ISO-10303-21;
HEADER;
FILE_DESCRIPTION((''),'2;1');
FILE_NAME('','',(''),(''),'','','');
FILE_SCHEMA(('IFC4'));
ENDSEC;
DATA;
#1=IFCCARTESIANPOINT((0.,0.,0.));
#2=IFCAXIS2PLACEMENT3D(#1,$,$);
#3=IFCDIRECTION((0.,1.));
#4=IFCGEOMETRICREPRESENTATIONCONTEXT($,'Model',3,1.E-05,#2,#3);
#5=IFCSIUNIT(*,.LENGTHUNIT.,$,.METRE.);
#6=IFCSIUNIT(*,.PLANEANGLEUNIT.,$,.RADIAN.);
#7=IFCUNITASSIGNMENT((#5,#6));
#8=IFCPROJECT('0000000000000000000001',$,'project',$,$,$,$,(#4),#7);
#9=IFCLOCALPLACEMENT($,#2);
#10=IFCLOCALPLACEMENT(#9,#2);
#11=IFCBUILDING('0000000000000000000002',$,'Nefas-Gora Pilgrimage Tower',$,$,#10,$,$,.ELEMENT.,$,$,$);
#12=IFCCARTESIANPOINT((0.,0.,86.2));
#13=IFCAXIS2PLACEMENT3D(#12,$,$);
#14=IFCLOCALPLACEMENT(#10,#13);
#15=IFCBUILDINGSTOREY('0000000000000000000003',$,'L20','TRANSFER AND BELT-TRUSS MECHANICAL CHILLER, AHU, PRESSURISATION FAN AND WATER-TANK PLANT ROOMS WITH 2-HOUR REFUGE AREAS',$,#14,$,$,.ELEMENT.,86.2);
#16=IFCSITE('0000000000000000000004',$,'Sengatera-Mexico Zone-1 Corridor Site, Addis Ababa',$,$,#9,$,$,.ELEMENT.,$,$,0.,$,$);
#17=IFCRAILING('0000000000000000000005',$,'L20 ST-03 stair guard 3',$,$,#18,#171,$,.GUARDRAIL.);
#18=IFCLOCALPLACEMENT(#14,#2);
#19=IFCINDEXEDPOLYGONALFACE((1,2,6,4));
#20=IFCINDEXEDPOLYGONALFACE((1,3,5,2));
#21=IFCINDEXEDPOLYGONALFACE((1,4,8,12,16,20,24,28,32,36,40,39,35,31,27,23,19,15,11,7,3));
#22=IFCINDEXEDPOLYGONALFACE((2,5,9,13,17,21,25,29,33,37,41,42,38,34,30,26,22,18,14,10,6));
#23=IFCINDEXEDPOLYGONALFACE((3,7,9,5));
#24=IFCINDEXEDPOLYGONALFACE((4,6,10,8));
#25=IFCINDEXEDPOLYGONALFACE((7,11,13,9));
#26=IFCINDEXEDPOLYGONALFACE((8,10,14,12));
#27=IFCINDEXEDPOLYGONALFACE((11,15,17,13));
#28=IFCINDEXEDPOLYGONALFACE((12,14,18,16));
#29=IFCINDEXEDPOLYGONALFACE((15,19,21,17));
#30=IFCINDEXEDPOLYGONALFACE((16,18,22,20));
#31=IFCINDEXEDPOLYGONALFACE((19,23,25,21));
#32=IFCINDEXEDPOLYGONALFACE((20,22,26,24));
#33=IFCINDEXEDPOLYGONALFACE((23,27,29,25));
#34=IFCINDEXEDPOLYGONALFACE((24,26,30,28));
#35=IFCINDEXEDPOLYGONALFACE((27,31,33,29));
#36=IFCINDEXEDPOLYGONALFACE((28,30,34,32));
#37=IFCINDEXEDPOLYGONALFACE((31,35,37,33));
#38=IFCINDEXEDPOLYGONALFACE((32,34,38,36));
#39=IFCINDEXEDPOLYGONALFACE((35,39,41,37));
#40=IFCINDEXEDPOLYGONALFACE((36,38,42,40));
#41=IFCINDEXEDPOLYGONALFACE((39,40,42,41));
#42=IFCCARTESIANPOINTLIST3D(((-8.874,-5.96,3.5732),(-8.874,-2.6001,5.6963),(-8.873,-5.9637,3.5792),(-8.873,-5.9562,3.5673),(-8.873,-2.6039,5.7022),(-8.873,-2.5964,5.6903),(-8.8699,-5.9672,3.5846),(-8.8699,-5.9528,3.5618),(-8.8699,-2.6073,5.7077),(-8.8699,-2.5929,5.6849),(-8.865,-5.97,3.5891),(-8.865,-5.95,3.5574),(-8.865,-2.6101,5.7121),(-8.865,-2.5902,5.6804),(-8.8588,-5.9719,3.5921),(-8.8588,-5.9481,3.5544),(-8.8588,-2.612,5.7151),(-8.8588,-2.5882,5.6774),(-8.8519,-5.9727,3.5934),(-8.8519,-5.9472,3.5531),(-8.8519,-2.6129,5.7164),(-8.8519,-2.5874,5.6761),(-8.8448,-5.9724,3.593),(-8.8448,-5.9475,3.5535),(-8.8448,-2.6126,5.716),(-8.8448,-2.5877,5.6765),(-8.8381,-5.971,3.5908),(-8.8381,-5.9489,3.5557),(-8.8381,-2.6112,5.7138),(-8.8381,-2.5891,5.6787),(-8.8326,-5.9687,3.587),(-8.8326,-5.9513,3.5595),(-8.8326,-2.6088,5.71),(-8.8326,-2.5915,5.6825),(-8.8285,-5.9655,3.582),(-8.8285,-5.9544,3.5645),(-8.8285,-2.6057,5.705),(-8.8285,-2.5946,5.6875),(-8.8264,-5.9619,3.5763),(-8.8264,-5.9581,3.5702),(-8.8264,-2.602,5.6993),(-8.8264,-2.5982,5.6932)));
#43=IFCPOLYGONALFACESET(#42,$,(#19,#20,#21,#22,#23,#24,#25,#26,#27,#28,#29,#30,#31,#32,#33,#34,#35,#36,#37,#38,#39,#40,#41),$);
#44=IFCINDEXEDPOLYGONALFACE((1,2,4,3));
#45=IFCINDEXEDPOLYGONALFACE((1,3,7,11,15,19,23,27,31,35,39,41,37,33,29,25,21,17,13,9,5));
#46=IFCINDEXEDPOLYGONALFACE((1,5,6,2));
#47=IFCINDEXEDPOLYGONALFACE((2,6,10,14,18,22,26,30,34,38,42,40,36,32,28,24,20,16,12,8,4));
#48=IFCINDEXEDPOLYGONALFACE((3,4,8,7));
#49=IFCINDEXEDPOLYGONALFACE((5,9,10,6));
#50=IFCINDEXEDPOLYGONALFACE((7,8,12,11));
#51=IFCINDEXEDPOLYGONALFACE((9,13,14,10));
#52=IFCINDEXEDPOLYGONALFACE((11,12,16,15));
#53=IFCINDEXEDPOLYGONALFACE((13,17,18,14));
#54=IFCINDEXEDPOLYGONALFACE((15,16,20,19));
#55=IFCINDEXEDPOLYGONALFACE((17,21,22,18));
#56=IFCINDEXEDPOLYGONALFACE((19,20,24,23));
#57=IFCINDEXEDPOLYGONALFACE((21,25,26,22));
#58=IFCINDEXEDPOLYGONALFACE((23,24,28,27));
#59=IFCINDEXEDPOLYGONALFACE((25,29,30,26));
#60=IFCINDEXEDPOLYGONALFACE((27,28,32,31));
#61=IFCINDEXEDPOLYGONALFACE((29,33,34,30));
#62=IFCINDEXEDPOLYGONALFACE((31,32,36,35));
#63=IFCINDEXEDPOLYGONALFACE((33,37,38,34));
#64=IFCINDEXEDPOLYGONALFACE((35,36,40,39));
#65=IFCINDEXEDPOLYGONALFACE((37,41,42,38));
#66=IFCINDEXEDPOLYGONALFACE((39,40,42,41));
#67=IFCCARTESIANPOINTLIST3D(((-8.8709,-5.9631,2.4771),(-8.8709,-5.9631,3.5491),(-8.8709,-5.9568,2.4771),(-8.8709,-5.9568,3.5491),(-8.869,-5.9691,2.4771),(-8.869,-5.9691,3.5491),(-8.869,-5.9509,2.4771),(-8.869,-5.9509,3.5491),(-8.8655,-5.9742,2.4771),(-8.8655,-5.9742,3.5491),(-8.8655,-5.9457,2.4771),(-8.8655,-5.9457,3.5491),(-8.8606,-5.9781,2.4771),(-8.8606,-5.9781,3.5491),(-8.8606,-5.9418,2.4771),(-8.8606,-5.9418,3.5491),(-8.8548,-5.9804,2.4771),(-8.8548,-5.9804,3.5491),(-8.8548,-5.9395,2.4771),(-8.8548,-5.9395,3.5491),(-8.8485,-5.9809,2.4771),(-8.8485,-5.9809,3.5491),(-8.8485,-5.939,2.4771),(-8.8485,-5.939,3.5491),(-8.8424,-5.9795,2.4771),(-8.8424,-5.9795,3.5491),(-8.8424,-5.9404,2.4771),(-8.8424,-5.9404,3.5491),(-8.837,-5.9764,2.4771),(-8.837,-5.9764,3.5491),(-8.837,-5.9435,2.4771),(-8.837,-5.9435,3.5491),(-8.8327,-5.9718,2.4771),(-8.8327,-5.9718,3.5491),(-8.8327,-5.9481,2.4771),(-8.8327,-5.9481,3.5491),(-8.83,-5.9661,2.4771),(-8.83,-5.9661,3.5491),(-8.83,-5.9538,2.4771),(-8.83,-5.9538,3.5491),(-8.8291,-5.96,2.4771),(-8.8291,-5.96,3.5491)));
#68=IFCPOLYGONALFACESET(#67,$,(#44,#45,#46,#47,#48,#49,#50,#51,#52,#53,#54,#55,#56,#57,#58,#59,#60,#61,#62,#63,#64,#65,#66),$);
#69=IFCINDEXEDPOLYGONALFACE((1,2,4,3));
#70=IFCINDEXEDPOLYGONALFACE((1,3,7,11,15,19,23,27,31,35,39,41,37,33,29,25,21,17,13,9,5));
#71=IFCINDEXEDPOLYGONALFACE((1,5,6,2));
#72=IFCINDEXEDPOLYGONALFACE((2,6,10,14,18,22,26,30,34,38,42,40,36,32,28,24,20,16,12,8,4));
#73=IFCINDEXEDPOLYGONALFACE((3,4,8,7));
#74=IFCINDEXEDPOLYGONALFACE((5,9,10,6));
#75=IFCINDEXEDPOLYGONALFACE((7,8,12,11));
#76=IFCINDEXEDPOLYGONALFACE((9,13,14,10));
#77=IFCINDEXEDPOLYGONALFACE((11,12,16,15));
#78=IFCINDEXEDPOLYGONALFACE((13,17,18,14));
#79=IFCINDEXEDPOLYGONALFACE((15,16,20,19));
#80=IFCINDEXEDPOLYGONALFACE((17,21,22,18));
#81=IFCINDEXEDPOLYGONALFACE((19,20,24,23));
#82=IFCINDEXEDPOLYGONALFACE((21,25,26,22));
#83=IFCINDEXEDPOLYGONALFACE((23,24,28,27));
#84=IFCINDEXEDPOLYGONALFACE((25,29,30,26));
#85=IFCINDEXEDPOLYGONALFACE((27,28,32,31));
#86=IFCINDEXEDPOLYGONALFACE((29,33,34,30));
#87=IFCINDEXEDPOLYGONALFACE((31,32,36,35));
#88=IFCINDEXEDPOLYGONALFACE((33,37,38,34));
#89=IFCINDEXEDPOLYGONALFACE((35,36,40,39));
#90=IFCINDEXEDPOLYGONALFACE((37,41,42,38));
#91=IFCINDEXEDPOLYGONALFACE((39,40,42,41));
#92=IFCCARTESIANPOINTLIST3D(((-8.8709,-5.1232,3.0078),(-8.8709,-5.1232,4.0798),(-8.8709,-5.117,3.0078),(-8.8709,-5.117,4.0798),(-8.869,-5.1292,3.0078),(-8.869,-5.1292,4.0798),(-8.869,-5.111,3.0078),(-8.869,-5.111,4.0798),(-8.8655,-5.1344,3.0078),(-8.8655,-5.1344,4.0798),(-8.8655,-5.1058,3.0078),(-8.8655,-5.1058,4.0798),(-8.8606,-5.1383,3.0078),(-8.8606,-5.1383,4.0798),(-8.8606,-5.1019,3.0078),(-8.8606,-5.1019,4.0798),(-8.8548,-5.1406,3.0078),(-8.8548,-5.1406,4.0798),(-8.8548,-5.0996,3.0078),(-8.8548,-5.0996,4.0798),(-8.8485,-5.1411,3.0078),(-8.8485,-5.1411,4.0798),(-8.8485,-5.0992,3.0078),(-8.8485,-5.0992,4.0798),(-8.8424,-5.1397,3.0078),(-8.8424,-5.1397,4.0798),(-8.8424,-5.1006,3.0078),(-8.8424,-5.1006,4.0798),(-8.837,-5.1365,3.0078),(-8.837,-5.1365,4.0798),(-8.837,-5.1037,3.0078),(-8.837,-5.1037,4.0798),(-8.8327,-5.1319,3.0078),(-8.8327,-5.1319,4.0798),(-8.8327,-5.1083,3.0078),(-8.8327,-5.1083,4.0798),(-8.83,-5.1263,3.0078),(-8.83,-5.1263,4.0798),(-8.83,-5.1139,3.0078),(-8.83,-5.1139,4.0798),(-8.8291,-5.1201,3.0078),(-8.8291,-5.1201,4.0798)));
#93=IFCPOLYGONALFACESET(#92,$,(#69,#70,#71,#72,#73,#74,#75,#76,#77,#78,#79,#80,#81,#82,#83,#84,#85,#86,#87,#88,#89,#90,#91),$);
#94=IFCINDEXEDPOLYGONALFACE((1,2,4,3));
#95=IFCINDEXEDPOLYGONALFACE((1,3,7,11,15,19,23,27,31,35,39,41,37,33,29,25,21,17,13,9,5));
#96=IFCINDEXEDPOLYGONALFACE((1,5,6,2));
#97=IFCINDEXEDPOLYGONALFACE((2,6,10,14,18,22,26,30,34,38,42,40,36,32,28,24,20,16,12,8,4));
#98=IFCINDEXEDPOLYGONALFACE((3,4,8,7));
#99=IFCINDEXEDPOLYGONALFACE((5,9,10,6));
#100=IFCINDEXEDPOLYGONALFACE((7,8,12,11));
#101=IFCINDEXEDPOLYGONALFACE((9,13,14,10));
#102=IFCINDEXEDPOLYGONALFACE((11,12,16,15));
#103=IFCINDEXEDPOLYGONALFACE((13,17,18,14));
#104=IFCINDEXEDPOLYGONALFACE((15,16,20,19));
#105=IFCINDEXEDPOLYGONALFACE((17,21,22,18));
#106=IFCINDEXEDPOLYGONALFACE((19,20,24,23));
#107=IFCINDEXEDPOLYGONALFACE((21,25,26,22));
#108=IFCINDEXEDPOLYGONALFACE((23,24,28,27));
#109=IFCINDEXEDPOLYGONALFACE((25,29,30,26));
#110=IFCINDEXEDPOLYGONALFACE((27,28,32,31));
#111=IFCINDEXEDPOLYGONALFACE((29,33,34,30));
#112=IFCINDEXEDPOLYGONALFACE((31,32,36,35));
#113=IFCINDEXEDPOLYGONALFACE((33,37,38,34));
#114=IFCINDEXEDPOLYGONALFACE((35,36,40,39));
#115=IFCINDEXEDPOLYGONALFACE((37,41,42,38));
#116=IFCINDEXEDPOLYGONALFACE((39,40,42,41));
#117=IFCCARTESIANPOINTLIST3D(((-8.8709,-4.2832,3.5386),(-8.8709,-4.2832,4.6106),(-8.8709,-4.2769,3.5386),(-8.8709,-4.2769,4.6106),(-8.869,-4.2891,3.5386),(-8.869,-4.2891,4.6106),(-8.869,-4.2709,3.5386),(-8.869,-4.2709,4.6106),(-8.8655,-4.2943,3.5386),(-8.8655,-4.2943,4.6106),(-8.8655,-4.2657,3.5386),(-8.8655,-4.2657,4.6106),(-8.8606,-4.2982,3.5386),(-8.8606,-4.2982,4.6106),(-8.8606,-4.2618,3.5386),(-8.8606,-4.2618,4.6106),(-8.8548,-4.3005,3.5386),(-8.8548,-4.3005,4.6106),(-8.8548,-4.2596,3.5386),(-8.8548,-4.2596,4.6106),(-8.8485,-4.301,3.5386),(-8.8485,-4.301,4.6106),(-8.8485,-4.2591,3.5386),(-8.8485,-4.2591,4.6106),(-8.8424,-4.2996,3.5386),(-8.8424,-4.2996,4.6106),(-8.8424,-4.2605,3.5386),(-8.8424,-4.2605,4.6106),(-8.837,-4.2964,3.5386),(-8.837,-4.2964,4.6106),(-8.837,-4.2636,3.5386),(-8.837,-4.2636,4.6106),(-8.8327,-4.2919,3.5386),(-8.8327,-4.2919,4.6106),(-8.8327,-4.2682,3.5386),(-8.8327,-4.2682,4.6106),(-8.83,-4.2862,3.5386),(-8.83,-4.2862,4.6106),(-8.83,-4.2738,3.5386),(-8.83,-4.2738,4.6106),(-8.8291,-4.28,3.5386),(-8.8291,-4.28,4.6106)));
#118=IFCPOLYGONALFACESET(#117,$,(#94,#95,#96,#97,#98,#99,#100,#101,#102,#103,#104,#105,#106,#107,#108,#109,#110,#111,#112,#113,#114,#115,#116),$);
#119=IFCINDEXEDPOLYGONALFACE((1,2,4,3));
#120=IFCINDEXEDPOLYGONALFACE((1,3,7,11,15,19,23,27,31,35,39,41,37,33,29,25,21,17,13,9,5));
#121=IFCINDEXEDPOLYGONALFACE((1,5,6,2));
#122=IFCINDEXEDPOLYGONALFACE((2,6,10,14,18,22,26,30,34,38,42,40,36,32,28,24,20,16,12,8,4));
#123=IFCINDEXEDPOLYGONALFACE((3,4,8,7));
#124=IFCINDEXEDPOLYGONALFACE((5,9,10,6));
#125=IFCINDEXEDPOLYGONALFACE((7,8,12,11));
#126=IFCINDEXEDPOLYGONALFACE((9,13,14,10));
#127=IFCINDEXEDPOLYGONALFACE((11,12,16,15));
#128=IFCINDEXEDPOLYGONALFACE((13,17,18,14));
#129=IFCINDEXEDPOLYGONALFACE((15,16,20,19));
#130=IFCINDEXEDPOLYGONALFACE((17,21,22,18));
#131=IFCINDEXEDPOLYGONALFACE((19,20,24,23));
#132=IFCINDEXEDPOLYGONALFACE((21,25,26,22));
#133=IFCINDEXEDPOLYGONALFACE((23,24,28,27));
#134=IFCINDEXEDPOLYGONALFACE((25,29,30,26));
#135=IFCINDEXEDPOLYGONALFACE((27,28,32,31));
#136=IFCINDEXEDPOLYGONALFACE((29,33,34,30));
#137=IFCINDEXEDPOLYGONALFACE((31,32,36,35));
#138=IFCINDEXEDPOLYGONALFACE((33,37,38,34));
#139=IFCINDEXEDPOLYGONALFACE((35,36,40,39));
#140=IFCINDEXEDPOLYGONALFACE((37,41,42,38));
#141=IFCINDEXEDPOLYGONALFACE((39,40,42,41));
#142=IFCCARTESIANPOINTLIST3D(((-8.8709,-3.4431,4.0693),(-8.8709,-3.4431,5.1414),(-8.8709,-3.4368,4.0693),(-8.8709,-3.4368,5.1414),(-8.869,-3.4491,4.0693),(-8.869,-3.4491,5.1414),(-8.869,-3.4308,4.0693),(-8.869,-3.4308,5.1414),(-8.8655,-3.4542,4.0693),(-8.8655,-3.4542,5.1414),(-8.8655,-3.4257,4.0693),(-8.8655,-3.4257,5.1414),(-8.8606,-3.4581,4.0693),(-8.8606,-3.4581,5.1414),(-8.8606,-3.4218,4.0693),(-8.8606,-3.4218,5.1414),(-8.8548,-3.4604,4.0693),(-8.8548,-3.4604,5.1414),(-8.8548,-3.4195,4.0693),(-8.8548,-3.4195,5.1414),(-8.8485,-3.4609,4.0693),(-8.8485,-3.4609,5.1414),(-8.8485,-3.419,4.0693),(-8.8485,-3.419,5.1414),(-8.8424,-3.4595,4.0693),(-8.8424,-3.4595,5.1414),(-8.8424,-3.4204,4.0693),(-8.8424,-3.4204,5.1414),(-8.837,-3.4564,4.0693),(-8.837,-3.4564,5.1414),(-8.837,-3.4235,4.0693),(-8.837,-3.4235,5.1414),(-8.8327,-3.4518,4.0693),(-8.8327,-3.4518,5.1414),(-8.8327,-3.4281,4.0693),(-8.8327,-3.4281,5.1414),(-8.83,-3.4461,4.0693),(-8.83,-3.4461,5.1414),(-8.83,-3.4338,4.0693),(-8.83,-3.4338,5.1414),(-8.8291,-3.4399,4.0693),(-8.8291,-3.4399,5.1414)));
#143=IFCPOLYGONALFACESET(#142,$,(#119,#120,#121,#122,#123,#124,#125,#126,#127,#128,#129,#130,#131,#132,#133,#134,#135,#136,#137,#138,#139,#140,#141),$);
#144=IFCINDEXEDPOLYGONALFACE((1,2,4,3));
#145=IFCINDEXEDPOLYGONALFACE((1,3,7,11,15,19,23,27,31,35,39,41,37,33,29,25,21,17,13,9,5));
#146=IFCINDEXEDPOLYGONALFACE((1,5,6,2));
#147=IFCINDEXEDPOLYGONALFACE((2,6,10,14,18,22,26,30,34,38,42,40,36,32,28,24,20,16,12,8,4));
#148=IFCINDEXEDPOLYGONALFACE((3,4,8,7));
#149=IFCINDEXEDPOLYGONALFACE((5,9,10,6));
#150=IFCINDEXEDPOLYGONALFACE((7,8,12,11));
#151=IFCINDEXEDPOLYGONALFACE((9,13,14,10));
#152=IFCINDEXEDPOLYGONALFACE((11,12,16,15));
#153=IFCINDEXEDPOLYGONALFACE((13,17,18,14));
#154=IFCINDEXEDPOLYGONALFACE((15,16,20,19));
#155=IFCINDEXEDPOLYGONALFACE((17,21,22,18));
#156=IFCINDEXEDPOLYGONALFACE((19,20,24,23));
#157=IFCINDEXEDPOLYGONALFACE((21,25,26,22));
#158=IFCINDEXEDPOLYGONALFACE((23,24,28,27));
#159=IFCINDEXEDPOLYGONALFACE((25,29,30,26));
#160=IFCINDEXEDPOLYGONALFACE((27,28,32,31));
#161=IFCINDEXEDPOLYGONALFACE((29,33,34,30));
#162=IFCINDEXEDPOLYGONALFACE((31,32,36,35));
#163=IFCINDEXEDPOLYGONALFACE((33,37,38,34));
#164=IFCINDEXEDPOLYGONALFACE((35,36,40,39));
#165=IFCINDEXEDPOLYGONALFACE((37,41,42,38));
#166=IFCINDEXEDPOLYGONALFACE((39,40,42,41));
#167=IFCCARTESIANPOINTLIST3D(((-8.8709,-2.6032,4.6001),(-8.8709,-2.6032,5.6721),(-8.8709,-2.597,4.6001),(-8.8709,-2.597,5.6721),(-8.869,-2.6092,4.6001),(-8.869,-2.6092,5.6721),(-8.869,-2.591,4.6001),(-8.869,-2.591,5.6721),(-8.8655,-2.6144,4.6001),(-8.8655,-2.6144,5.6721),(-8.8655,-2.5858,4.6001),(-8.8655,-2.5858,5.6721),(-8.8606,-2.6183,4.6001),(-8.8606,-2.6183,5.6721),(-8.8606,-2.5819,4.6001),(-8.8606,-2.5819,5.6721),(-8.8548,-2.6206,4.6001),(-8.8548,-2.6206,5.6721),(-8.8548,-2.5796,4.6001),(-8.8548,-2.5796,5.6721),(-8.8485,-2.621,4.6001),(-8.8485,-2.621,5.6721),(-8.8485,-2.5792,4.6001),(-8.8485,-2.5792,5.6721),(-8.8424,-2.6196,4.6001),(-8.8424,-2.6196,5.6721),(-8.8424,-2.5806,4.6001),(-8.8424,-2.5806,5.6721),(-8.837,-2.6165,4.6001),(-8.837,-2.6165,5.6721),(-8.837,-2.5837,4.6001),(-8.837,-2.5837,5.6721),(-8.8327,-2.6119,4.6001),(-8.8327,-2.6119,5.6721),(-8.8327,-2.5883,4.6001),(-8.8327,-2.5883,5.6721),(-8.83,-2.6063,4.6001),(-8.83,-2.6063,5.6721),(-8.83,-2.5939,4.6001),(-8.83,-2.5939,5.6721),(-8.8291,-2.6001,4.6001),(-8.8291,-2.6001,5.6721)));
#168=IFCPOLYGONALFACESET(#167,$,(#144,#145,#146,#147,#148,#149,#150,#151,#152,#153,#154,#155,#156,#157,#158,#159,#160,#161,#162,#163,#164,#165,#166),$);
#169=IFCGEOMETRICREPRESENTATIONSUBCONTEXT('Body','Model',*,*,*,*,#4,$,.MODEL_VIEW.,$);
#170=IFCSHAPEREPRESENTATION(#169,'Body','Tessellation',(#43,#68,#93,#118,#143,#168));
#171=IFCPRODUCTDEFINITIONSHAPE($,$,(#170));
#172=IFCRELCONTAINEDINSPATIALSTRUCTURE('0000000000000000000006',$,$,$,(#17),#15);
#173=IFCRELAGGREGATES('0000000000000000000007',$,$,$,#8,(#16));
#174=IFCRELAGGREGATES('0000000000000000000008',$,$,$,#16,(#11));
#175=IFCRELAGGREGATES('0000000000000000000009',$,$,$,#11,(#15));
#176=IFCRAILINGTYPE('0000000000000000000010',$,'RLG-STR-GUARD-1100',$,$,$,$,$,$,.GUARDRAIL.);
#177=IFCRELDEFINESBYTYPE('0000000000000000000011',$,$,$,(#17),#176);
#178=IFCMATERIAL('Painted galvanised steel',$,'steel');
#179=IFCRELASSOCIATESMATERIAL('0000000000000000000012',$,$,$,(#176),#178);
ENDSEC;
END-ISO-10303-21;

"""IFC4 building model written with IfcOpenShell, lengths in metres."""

from ifc_helpers import new_model, si_unit, direction, frame, origin, origin_2d, place, context, subcontext, project, spatial, circle, extrude, material, type_object, element, save


model = new_model("IFC4")

# Units and contexts
model_context = context("Model", 3, precision=1e-05, world=origin(), true_north=direction((0.0, 1.0)))
body_context = subcontext(model_context, "Body", "Model", "MODEL_VIEW")
ifc_project = project(units=[si_unit("LENGTHUNIT", "METRE"), si_unit("PLANEANGLEUNIT", "RADIAN")], contexts=[model_context])

# Site, building, storey
site_placement = place(None, origin())
site = spatial("IfcSite", under=ifc_project, at=site_placement, Name="Sengatera-Mexico Zone-1 Corridor Site, Addis Ababa", CompositionType="ELEMENT", RefElevation=0.0)
building_placement = place(site_placement, origin())
building = spatial("IfcBuilding", under=site, at=building_placement, Name="Nefas-Gora Pilgrimage Tower", CompositionType="ELEMENT")
storey_placement = place(building_placement, frame((0.0, 0.0, 86.2)))
storey = spatial("IfcBuildingStorey", under=building, at=storey_placement, Name="L20", Description="TRANSFER AND BELT-TRUSS MECHANICAL CHILLER, AHU, PRESSURISATION FAN AND WATER-TANK PLANT ROOMS WITH 2-HOUR REFUGE AREAS", CompositionType="ELEMENT", Elevation=86.2)

# Railing
ifc_material_1 = material(Name="Painted galvanised steel", Category="steel")
railing_type_1 = type_object("IfcRailingType", Name="RLG-STR-GUARD-1100", PredefinedType="GUARDRAIL", material=ifc_material_1)
railing_1_placement = place(storey_placement, frame((-8.8501, -5.96, 2.4771)))
element("IfcRailing", 1, at=railing_1_placement, inside=storey, type_object=railing_type_1, Name="L20 ST-03 stair guard 3", PredefinedType="GUARDRAIL", context=body_context, shape_type="SweptSolid", body=[
    extrude(circle(Radius=0.0239, at=origin_2d()), frame((0.0, 0.0, 1.0962), z_axis=(0.0, 0.845372, 0.534178), x_axis=(-1.0, 0.0, 0.0)), (0.0, 0.0, 1.0), 3.9744),
    extrude(circle(Radius=0.021, at=origin_2d()), origin(), (0.0, 0.0, 1.0), 1.072),
    extrude(circle(Radius=0.021, at=origin_2d()), frame((0.0, 0.8398, 0.5308)), (0.0, 0.0, 1.0), 1.072),
    extrude(circle(Radius=0.021, at=origin_2d()), frame((0.0, 1.6799, 1.0615)), (0.0, 0.0, 1.0), 1.072),
    extrude(circle(Radius=0.021, at=origin_2d()), frame((0.0, 2.52, 1.5923)), (0.0, 0.0, 1.0), 1.072),
    extrude(circle(Radius=0.021, at=origin_2d()), frame((0.0, 3.3599, 2.123)), (0.0, 0.0, 1.0), 1.072),
])

save(model, "model.ifc")
